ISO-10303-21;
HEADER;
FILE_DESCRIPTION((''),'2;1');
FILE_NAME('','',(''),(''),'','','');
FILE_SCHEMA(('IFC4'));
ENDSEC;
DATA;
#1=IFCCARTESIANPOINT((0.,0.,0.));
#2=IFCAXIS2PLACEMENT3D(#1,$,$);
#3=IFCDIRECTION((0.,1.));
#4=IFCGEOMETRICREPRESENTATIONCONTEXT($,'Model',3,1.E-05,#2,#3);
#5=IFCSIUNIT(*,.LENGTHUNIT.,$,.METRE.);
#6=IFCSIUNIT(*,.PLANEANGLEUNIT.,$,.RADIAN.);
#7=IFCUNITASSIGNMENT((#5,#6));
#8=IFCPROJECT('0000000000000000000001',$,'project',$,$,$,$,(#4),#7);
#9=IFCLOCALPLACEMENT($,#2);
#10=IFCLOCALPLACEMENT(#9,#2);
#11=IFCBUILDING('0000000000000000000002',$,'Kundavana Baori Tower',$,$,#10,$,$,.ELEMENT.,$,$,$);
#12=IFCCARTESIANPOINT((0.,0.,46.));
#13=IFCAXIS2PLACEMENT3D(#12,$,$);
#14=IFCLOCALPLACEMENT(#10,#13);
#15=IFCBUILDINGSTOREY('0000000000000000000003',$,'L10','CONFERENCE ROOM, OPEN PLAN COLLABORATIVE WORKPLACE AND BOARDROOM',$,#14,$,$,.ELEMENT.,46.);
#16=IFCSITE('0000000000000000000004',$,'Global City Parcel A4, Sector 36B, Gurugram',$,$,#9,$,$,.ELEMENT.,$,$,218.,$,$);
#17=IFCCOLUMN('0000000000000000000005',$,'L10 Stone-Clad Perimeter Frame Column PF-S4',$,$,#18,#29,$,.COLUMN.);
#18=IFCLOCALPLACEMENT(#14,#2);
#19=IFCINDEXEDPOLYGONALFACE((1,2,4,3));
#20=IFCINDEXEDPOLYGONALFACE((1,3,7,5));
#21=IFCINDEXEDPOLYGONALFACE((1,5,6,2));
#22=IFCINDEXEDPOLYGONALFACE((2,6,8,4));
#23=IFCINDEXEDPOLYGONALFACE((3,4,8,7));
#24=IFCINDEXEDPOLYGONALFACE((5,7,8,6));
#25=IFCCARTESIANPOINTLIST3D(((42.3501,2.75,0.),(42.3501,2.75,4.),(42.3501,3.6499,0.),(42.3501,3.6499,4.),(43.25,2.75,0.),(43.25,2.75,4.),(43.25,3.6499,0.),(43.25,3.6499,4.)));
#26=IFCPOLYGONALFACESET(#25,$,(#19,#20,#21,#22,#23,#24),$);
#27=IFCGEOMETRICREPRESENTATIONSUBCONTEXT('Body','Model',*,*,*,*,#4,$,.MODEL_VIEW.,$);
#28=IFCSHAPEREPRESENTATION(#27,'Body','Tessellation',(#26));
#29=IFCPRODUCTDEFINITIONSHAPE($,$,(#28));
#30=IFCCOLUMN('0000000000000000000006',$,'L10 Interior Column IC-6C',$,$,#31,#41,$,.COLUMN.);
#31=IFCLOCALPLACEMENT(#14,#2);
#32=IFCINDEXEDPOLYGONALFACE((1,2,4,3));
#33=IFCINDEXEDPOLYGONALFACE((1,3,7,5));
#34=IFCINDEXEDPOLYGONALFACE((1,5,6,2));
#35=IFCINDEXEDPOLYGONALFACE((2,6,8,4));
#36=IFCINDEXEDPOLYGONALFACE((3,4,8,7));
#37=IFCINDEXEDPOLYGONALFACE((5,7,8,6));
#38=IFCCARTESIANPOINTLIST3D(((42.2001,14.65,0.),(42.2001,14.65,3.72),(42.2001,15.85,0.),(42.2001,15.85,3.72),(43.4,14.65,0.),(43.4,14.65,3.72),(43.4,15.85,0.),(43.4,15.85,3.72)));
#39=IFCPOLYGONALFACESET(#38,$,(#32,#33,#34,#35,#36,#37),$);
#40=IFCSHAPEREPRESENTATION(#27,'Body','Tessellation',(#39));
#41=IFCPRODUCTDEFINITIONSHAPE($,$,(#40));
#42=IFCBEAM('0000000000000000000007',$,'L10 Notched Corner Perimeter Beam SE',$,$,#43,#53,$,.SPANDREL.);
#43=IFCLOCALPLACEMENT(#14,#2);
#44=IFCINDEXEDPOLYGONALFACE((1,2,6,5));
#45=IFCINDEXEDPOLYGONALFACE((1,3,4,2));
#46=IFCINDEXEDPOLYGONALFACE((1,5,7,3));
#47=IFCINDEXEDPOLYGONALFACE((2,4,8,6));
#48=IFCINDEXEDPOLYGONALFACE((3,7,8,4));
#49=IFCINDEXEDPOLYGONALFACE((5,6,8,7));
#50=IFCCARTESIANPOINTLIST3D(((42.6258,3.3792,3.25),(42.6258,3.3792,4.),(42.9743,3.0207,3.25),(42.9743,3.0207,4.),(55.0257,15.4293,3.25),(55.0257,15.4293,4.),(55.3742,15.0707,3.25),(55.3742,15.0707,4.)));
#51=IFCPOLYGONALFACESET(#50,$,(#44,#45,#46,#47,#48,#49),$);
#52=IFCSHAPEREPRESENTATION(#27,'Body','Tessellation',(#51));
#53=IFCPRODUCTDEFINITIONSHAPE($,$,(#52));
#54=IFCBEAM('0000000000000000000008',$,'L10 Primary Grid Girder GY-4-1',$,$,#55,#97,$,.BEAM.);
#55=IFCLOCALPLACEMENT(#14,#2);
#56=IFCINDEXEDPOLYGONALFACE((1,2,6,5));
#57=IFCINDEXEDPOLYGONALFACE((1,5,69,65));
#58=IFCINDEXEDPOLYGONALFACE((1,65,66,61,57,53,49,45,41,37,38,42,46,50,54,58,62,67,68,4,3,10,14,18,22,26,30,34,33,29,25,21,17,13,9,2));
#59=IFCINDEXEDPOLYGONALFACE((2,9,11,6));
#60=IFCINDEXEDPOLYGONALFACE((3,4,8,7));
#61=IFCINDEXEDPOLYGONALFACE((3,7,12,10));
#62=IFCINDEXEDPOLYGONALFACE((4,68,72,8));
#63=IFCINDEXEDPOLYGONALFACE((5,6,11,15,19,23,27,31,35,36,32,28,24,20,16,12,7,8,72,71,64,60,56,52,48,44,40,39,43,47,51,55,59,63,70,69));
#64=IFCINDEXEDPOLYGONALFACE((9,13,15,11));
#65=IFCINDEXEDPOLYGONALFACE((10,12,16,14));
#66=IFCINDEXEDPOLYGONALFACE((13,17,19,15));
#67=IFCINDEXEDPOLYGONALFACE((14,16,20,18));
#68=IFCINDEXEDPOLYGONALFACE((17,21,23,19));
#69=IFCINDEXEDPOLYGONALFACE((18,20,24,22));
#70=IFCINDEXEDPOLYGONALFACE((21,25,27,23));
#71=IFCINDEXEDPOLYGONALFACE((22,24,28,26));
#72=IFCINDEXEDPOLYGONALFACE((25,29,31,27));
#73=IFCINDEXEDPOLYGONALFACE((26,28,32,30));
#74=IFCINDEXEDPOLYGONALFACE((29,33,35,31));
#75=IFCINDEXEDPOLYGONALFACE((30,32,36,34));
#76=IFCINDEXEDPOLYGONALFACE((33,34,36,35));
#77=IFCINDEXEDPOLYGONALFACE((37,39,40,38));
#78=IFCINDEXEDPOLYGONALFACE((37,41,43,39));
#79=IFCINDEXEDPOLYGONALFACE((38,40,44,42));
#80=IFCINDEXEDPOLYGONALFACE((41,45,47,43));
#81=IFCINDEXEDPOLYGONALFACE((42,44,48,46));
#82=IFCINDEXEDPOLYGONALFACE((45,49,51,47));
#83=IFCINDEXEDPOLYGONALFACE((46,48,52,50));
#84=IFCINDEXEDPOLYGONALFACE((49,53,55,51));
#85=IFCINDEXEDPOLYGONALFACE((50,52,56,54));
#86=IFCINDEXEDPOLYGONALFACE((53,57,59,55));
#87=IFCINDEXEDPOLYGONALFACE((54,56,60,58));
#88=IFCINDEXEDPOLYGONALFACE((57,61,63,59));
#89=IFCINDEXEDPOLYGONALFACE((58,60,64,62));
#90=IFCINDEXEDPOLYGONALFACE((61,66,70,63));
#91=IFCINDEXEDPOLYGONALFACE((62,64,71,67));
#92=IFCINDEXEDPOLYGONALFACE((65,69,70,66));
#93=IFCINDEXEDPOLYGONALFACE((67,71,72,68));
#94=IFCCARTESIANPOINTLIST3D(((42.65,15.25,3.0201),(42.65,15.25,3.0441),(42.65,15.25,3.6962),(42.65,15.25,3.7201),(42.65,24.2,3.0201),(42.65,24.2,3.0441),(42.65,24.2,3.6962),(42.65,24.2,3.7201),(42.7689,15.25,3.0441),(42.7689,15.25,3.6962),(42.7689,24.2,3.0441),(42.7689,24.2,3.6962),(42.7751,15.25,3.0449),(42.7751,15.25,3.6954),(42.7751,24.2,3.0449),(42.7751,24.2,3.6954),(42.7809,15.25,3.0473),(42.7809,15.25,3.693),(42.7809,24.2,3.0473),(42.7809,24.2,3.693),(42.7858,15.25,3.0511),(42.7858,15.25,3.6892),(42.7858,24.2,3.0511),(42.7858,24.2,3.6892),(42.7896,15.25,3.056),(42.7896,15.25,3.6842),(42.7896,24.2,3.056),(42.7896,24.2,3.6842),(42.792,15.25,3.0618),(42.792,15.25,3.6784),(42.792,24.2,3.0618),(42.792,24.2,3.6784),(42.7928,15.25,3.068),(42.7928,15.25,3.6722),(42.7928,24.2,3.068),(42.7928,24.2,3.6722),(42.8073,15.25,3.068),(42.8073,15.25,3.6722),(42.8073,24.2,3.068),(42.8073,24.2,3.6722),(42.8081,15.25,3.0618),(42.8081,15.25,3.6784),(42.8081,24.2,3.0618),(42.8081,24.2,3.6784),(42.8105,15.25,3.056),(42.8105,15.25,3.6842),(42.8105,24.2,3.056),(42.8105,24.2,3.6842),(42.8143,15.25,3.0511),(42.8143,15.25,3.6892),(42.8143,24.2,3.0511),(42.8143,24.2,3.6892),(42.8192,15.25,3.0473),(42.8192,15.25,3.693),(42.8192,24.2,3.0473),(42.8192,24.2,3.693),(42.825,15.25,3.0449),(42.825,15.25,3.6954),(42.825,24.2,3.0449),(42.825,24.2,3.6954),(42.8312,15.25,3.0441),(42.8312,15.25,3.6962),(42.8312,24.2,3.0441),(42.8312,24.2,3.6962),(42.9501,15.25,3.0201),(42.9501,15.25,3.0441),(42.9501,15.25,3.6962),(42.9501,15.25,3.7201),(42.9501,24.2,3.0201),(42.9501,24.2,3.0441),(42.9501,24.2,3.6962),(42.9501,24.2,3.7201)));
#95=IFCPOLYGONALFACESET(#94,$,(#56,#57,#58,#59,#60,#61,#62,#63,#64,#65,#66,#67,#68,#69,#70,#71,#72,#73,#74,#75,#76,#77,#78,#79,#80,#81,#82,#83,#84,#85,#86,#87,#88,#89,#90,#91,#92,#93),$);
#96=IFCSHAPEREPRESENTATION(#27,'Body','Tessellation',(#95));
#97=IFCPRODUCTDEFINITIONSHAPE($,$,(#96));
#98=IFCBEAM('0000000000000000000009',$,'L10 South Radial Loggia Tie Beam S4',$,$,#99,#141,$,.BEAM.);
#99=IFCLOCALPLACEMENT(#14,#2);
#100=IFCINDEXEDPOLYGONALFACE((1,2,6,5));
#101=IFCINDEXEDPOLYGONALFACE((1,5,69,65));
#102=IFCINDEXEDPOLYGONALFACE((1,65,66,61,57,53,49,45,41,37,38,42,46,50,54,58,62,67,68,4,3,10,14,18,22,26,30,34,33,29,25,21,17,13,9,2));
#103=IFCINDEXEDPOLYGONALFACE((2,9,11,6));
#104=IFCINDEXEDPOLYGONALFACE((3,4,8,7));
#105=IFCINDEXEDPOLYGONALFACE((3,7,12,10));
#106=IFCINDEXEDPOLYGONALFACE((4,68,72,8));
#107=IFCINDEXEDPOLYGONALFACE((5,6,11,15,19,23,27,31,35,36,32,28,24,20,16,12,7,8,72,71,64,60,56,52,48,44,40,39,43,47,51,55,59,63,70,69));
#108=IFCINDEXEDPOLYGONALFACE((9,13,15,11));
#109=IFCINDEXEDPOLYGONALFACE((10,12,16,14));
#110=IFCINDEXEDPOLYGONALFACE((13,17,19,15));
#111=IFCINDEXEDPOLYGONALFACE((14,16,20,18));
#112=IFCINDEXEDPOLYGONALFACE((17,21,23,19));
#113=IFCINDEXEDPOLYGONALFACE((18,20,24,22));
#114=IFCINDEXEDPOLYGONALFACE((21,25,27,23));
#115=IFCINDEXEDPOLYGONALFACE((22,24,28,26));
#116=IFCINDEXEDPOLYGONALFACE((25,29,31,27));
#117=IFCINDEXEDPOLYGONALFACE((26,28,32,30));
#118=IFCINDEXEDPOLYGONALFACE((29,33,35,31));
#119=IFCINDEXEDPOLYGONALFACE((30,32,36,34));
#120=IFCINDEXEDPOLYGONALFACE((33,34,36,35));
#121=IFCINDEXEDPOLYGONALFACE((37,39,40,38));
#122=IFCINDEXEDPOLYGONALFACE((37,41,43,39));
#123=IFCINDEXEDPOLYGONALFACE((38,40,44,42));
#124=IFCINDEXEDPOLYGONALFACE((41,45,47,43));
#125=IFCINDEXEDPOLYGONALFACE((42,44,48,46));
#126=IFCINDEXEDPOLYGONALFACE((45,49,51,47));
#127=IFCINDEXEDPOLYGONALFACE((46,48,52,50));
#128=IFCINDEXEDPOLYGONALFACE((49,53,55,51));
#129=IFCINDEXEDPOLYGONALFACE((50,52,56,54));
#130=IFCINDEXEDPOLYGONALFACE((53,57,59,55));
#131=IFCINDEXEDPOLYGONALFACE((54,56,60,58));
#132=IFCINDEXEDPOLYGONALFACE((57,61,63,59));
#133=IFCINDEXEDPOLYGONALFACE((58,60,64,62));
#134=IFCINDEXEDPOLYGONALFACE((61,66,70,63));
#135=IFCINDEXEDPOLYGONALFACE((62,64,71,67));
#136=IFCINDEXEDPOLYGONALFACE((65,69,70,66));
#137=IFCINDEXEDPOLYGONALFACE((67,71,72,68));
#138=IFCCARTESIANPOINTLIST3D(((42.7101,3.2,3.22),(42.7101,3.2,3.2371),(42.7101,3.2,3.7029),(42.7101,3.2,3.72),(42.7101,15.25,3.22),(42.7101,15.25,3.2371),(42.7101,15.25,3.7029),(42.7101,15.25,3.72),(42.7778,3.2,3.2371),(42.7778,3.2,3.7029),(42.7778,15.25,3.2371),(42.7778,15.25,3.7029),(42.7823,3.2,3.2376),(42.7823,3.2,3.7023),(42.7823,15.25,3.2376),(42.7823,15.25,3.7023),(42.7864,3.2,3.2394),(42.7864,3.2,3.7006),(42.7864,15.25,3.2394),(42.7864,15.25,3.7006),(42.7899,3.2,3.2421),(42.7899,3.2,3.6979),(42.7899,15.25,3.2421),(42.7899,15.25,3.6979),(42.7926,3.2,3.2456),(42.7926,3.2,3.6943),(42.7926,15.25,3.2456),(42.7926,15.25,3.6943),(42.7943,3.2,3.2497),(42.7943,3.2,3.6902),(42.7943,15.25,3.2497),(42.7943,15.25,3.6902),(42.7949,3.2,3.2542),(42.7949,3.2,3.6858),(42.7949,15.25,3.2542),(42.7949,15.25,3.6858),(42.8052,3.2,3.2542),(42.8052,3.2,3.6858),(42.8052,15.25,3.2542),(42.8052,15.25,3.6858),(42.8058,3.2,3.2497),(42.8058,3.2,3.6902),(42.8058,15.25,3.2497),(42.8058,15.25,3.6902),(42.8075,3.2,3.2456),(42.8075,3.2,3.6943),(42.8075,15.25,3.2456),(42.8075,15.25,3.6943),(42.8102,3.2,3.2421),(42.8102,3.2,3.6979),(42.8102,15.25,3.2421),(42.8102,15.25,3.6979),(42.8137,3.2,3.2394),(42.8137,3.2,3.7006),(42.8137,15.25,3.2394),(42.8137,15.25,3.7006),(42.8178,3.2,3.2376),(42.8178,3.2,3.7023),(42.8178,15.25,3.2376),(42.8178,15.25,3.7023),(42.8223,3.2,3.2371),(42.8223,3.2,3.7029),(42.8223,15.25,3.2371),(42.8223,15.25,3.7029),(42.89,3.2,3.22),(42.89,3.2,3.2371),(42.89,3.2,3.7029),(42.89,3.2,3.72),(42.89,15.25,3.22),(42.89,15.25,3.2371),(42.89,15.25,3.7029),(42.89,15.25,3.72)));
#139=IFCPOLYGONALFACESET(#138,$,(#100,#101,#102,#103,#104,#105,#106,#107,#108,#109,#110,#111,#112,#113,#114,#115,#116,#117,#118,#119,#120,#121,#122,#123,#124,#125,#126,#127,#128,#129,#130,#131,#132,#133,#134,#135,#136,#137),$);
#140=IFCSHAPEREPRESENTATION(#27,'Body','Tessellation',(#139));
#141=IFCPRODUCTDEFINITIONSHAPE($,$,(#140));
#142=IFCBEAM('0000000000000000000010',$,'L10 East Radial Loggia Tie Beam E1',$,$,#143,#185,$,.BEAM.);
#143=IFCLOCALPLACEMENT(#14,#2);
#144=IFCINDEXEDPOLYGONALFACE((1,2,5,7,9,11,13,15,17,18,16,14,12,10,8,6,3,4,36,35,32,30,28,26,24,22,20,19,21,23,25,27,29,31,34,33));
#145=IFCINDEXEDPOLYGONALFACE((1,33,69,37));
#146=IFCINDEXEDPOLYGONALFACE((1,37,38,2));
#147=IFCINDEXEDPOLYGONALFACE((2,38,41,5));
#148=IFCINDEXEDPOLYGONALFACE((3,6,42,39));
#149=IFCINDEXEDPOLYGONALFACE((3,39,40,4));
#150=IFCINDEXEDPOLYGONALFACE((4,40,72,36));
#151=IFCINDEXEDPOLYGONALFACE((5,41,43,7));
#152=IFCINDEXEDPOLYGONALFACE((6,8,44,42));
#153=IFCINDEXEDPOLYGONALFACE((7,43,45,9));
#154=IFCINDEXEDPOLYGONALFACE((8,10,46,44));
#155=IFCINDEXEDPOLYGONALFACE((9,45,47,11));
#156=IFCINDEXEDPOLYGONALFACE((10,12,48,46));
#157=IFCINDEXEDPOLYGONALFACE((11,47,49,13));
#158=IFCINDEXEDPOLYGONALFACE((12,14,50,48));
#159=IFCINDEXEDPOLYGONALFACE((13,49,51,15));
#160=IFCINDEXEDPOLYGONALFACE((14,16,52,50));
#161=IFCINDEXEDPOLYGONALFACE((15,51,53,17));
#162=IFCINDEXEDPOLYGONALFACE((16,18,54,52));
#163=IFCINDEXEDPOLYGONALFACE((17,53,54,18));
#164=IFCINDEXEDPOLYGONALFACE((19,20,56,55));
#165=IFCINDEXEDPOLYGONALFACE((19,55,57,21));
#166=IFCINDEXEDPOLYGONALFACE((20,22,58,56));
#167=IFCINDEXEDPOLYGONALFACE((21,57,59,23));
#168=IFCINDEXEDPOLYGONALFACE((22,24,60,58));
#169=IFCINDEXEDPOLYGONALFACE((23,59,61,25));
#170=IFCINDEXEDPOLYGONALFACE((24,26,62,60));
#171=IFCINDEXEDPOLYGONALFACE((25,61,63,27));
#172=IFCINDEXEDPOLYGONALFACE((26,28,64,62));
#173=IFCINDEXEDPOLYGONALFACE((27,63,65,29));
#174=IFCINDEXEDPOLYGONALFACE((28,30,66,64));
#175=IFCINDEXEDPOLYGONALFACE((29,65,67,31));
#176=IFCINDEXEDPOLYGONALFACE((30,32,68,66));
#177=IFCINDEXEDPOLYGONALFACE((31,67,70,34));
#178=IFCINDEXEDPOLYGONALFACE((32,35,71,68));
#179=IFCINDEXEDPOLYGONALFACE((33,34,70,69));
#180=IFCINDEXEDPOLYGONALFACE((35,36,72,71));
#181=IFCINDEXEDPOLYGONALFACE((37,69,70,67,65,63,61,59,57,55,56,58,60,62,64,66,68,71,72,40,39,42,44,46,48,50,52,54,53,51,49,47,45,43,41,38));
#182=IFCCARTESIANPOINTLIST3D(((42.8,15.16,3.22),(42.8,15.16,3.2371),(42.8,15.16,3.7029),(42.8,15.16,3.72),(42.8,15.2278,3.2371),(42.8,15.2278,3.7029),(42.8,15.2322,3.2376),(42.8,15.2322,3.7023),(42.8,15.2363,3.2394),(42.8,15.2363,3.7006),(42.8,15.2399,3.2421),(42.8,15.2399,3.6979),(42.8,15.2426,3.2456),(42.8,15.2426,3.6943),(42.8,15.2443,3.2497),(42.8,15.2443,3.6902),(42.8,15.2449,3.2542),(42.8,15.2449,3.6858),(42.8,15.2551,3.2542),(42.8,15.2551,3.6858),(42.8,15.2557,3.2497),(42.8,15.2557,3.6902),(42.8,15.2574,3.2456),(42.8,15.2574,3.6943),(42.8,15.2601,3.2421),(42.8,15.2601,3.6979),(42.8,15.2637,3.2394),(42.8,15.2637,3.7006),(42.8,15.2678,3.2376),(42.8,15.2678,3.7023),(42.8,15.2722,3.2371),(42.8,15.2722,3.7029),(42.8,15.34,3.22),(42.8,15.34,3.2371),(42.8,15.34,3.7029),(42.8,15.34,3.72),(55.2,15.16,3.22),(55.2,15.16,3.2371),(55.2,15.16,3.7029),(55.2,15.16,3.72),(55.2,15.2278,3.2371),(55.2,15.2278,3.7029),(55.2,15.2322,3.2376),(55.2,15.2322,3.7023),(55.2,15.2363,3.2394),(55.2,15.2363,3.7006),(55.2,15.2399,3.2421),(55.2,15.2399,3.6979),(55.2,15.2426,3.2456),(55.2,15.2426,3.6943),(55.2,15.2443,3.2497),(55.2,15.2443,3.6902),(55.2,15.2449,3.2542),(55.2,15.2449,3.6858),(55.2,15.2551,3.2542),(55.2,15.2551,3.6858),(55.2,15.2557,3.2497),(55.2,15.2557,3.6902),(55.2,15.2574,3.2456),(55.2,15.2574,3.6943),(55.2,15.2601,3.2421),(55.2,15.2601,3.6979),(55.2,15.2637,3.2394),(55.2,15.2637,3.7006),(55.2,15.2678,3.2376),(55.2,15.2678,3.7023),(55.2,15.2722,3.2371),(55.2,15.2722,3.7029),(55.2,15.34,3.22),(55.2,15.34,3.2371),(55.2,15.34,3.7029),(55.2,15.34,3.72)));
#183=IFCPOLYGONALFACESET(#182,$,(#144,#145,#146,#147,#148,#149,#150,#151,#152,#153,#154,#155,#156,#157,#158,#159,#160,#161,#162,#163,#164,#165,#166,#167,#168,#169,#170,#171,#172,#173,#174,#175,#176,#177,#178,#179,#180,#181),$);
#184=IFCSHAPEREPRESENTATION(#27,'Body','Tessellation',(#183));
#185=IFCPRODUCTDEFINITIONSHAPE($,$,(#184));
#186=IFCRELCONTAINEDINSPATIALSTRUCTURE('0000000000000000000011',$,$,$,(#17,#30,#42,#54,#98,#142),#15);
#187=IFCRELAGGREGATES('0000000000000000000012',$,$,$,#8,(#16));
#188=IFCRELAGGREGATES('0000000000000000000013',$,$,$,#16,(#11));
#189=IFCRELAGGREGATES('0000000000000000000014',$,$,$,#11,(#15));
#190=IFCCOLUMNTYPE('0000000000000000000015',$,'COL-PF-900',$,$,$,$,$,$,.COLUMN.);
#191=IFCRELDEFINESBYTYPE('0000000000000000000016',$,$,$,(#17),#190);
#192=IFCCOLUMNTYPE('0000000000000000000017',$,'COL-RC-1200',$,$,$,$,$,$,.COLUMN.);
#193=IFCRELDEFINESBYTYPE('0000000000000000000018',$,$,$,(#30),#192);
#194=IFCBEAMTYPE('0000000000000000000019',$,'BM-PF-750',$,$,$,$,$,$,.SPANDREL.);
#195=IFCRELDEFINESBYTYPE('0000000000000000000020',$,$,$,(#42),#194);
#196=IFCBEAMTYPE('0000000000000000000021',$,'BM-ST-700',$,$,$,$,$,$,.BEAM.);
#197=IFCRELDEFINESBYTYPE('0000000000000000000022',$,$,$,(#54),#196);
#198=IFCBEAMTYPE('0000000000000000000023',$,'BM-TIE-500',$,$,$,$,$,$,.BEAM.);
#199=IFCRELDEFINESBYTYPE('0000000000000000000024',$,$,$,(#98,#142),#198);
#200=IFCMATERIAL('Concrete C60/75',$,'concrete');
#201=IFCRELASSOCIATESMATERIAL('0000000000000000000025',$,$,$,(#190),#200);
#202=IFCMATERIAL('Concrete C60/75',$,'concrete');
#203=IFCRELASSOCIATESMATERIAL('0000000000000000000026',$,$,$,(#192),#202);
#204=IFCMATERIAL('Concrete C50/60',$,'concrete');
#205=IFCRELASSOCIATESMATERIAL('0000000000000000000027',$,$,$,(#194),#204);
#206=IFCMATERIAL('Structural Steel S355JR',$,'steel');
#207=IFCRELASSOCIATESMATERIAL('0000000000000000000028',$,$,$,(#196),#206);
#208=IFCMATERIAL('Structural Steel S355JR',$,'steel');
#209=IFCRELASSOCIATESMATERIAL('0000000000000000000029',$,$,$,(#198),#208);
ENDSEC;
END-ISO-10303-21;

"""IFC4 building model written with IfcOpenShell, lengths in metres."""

from ifc_helpers import new_model, si_unit, direction, frame, origin, origin_2d, place, context, subcontext, project, spatial, rectangle, i_section, extrude, material, material_profile, profile_set, type_object, element, save


model = new_model("IFC4")

# Units and contexts
model_context = context("Model", 3, precision=1e-05, world=origin(), true_north=direction((0.0, 1.0)))
body_context = subcontext(model_context, "Body", "Model", "MODEL_VIEW")
ifc_project = project(units=[si_unit("LENGTHUNIT", "METRE"), si_unit("PLANEANGLEUNIT", "RADIAN")], contexts=[model_context])

# Site, building, storey
site_placement = place(None, origin())
site = spatial("IfcSite", under=ifc_project, at=site_placement, Name="Global City Parcel A4, Sector 36B, Gurugram", CompositionType="ELEMENT", RefElevation=218.0)
building_placement = place(site_placement, origin())
building = spatial("IfcBuilding", under=site, at=building_placement, Name="Kundavana Baori Tower", CompositionType="ELEMENT")
storey_placement = place(building_placement, frame((0.0, 0.0, 46.0)))
storey = spatial("IfcBuildingStorey", under=building, at=storey_placement, Name="L10", Description="CONFERENCE ROOM, OPEN PLAN COLLABORATIVE WORKPLACE AND BOARDROOM", CompositionType="ELEMENT", Elevation=46.0)

# Columns
ifc_material_1 = material(Name="Concrete C60/75", Category="concrete")
ifc_material_profile_1 = material_profile(ifc_material_1, rectangle(XDim=0.8999, YDim=0.8999, at=origin_2d()), Name="RC PF 900x900")
ifc_profile_set_1 = profile_set([ifc_material_profile_1], Name="Concrete C60/75")
column_type_1 = type_object("IfcColumnType", Name="COL-PF-900", PredefinedType="COLUMN", material=ifc_profile_set_1)
column_1_placement = place(storey_placement, frame((42.8, 3.2, 0.0), z_axis=(0.0, 0.0, 1.0), x_axis=(1.0, 0.0, 0.0)))
element("IfcColumn", 1, at=column_1_placement, inside=storey, type_object=column_type_1, Name="L10 Stone-Clad Perimeter Frame Column PF-S4", PredefinedType="COLUMN", context=body_context, shape_type="SweptSolid", body=[
    extrude(rectangle(XDim=0.8999, YDim=0.8999, at=origin_2d()), origin(), (0.0, 0.0, 1.0), 4.0),
])
ifc_material_2 = material(Name="Concrete C60/75", Category="concrete")
ifc_material_profile_2 = material_profile(ifc_material_2, rectangle(XDim=1.2, YDim=1.2, at=origin_2d()), Name="RC 1200x1200")
ifc_profile_set_2 = profile_set([ifc_material_profile_2], Name="Concrete C60/75")
column_type_2 = type_object("IfcColumnType", Name="COL-RC-1200", PredefinedType="COLUMN", material=ifc_profile_set_2)
column_2_placement = place(storey_placement, frame((42.8, 15.25, 0.0), z_axis=(0.0, 0.0, 1.0), x_axis=(1.0, 0.0, 0.0)))
element("IfcColumn", 2, at=column_2_placement, inside=storey, type_object=column_type_2, Name="L10 Interior Column IC-6C", PredefinedType="COLUMN", context=body_context, shape_type="SweptSolid", body=[
    extrude(rectangle(XDim=1.2, YDim=1.2, at=origin_2d()), origin(), (0.0, 0.0, 1.0), 3.72),
])

# Beams
ifc_material_3 = material(Name="Concrete C50/60", Category="concrete")
ifc_material_profile_3 = material_profile(ifc_material_3, rectangle(XDim=0.5, YDim=0.75, at=origin_2d()), Name="RC BM 500x750")
ifc_profile_set_3 = profile_set([ifc_material_profile_3], Name="Concrete C50/60")
beam_type_1 = type_object("IfcBeamType", Name="BM-PF-750", PredefinedType="SPANDREL", material=ifc_profile_set_3)
beam_1_placement = place(storey_placement, frame((42.8, 3.2, 3.625), z_axis=(0.717151, 0.696917, 0.0), x_axis=(-0.696917, 0.717151, 0.0)))
element("IfcBeam", 3, at=beam_1_placement, inside=storey, type_object=beam_type_1, Name="L10 Notched Corner Perimeter Beam SE", PredefinedType="SPANDREL", context=body_context, shape_type="SweptSolid", body=[
    extrude(rectangle(XDim=0.5, YDim=0.75, at=origin_2d()), origin(), (0.0, 0.0, 1.0), 17.2905),
])
ifc_material_4 = material(Name="Structural Steel S355JR", Category="steel")
ifc_material_profile_4 = material_profile(ifc_material_4, i_section(OverallWidth=0.3, OverallDepth=0.7, WebThickness=0.0144, FlangeThickness=0.0239, FilletRadius=0.0239, at=origin_2d()), Name="NPB 700x300x170")
ifc_profile_set_4 = profile_set([ifc_material_profile_4], Name="Structural Steel S355JR")
beam_type_2 = type_object("IfcBeamType", Name="BM-ST-700", PredefinedType="BEAM", material=ifc_profile_set_4)
beam_2_placement = place(storey_placement, frame((42.8, 15.25, 3.3701), z_axis=(0.0, 1.0, 0.0), x_axis=(-1.0, 0.0, 0.0)))
element("IfcBeam", 4, at=beam_2_placement, inside=storey, type_object=beam_type_2, Name="L10 Primary Grid Girder GY-4-1", PredefinedType="BEAM", context=body_context, shape_type="SweptSolid", body=[
    extrude(i_section(OverallWidth=0.3, OverallDepth=0.7, WebThickness=0.0144, FlangeThickness=0.0239, FilletRadius=0.0239, at=origin_2d()), origin(), (0.0, 0.0, 1.0), 8.95),
])
ifc_material_5 = material(Name="Structural Steel S355JR", Category="steel")
ifc_material_profile_5 = material_profile(ifc_material_5, i_section(OverallWidth=0.1799, OverallDepth=0.5, WebThickness=0.0103, FlangeThickness=0.0171, FilletRadius=0.0171, at=origin_2d()), Name="ISMB 500")
ifc_profile_set_5 = profile_set([ifc_material_profile_5], Name="Structural Steel S355JR")
beam_type_3 = type_object("IfcBeamType", Name="BM-TIE-500", PredefinedType="BEAM", material=ifc_profile_set_5)
beam_3_placement = place(storey_placement, frame((42.8, 15.25, 3.47), z_axis=(0.0, -1.0, 0.0), x_axis=(1.0, 0.0, 0.0)))
element("IfcBeam", 5, at=beam_3_placement, inside=storey, type_object=beam_type_3, Name="L10 South Radial Loggia Tie Beam S4", PredefinedType="BEAM", context=body_context, shape_type="SweptSolid", body=[
    extrude(i_section(OverallWidth=0.1799, OverallDepth=0.5, WebThickness=0.0103, FlangeThickness=0.0171, FilletRadius=0.0171, at=origin_2d()), origin(), (0.0, 0.0, 1.0), 12.05),
])
beam_4_placement = place(storey_placement, frame((42.8, 15.25, 3.47), z_axis=(1.0, 0.0, 0.0), x_axis=(0.0, 1.0, 0.0)))
element("IfcBeam", 6, at=beam_4_placement, inside=storey, type_object=beam_type_3, Name="L10 East Radial Loggia Tie Beam E1", PredefinedType="BEAM", context=body_context, shape_type="SweptSolid", body=[
    extrude(i_section(OverallWidth=0.1799, OverallDepth=0.5, WebThickness=0.0103, FlangeThickness=0.0171, FilletRadius=0.0171, at=origin_2d()), origin(), (0.0, 0.0, 1.0), 12.3999),
])

save(model, "model.ifc")
